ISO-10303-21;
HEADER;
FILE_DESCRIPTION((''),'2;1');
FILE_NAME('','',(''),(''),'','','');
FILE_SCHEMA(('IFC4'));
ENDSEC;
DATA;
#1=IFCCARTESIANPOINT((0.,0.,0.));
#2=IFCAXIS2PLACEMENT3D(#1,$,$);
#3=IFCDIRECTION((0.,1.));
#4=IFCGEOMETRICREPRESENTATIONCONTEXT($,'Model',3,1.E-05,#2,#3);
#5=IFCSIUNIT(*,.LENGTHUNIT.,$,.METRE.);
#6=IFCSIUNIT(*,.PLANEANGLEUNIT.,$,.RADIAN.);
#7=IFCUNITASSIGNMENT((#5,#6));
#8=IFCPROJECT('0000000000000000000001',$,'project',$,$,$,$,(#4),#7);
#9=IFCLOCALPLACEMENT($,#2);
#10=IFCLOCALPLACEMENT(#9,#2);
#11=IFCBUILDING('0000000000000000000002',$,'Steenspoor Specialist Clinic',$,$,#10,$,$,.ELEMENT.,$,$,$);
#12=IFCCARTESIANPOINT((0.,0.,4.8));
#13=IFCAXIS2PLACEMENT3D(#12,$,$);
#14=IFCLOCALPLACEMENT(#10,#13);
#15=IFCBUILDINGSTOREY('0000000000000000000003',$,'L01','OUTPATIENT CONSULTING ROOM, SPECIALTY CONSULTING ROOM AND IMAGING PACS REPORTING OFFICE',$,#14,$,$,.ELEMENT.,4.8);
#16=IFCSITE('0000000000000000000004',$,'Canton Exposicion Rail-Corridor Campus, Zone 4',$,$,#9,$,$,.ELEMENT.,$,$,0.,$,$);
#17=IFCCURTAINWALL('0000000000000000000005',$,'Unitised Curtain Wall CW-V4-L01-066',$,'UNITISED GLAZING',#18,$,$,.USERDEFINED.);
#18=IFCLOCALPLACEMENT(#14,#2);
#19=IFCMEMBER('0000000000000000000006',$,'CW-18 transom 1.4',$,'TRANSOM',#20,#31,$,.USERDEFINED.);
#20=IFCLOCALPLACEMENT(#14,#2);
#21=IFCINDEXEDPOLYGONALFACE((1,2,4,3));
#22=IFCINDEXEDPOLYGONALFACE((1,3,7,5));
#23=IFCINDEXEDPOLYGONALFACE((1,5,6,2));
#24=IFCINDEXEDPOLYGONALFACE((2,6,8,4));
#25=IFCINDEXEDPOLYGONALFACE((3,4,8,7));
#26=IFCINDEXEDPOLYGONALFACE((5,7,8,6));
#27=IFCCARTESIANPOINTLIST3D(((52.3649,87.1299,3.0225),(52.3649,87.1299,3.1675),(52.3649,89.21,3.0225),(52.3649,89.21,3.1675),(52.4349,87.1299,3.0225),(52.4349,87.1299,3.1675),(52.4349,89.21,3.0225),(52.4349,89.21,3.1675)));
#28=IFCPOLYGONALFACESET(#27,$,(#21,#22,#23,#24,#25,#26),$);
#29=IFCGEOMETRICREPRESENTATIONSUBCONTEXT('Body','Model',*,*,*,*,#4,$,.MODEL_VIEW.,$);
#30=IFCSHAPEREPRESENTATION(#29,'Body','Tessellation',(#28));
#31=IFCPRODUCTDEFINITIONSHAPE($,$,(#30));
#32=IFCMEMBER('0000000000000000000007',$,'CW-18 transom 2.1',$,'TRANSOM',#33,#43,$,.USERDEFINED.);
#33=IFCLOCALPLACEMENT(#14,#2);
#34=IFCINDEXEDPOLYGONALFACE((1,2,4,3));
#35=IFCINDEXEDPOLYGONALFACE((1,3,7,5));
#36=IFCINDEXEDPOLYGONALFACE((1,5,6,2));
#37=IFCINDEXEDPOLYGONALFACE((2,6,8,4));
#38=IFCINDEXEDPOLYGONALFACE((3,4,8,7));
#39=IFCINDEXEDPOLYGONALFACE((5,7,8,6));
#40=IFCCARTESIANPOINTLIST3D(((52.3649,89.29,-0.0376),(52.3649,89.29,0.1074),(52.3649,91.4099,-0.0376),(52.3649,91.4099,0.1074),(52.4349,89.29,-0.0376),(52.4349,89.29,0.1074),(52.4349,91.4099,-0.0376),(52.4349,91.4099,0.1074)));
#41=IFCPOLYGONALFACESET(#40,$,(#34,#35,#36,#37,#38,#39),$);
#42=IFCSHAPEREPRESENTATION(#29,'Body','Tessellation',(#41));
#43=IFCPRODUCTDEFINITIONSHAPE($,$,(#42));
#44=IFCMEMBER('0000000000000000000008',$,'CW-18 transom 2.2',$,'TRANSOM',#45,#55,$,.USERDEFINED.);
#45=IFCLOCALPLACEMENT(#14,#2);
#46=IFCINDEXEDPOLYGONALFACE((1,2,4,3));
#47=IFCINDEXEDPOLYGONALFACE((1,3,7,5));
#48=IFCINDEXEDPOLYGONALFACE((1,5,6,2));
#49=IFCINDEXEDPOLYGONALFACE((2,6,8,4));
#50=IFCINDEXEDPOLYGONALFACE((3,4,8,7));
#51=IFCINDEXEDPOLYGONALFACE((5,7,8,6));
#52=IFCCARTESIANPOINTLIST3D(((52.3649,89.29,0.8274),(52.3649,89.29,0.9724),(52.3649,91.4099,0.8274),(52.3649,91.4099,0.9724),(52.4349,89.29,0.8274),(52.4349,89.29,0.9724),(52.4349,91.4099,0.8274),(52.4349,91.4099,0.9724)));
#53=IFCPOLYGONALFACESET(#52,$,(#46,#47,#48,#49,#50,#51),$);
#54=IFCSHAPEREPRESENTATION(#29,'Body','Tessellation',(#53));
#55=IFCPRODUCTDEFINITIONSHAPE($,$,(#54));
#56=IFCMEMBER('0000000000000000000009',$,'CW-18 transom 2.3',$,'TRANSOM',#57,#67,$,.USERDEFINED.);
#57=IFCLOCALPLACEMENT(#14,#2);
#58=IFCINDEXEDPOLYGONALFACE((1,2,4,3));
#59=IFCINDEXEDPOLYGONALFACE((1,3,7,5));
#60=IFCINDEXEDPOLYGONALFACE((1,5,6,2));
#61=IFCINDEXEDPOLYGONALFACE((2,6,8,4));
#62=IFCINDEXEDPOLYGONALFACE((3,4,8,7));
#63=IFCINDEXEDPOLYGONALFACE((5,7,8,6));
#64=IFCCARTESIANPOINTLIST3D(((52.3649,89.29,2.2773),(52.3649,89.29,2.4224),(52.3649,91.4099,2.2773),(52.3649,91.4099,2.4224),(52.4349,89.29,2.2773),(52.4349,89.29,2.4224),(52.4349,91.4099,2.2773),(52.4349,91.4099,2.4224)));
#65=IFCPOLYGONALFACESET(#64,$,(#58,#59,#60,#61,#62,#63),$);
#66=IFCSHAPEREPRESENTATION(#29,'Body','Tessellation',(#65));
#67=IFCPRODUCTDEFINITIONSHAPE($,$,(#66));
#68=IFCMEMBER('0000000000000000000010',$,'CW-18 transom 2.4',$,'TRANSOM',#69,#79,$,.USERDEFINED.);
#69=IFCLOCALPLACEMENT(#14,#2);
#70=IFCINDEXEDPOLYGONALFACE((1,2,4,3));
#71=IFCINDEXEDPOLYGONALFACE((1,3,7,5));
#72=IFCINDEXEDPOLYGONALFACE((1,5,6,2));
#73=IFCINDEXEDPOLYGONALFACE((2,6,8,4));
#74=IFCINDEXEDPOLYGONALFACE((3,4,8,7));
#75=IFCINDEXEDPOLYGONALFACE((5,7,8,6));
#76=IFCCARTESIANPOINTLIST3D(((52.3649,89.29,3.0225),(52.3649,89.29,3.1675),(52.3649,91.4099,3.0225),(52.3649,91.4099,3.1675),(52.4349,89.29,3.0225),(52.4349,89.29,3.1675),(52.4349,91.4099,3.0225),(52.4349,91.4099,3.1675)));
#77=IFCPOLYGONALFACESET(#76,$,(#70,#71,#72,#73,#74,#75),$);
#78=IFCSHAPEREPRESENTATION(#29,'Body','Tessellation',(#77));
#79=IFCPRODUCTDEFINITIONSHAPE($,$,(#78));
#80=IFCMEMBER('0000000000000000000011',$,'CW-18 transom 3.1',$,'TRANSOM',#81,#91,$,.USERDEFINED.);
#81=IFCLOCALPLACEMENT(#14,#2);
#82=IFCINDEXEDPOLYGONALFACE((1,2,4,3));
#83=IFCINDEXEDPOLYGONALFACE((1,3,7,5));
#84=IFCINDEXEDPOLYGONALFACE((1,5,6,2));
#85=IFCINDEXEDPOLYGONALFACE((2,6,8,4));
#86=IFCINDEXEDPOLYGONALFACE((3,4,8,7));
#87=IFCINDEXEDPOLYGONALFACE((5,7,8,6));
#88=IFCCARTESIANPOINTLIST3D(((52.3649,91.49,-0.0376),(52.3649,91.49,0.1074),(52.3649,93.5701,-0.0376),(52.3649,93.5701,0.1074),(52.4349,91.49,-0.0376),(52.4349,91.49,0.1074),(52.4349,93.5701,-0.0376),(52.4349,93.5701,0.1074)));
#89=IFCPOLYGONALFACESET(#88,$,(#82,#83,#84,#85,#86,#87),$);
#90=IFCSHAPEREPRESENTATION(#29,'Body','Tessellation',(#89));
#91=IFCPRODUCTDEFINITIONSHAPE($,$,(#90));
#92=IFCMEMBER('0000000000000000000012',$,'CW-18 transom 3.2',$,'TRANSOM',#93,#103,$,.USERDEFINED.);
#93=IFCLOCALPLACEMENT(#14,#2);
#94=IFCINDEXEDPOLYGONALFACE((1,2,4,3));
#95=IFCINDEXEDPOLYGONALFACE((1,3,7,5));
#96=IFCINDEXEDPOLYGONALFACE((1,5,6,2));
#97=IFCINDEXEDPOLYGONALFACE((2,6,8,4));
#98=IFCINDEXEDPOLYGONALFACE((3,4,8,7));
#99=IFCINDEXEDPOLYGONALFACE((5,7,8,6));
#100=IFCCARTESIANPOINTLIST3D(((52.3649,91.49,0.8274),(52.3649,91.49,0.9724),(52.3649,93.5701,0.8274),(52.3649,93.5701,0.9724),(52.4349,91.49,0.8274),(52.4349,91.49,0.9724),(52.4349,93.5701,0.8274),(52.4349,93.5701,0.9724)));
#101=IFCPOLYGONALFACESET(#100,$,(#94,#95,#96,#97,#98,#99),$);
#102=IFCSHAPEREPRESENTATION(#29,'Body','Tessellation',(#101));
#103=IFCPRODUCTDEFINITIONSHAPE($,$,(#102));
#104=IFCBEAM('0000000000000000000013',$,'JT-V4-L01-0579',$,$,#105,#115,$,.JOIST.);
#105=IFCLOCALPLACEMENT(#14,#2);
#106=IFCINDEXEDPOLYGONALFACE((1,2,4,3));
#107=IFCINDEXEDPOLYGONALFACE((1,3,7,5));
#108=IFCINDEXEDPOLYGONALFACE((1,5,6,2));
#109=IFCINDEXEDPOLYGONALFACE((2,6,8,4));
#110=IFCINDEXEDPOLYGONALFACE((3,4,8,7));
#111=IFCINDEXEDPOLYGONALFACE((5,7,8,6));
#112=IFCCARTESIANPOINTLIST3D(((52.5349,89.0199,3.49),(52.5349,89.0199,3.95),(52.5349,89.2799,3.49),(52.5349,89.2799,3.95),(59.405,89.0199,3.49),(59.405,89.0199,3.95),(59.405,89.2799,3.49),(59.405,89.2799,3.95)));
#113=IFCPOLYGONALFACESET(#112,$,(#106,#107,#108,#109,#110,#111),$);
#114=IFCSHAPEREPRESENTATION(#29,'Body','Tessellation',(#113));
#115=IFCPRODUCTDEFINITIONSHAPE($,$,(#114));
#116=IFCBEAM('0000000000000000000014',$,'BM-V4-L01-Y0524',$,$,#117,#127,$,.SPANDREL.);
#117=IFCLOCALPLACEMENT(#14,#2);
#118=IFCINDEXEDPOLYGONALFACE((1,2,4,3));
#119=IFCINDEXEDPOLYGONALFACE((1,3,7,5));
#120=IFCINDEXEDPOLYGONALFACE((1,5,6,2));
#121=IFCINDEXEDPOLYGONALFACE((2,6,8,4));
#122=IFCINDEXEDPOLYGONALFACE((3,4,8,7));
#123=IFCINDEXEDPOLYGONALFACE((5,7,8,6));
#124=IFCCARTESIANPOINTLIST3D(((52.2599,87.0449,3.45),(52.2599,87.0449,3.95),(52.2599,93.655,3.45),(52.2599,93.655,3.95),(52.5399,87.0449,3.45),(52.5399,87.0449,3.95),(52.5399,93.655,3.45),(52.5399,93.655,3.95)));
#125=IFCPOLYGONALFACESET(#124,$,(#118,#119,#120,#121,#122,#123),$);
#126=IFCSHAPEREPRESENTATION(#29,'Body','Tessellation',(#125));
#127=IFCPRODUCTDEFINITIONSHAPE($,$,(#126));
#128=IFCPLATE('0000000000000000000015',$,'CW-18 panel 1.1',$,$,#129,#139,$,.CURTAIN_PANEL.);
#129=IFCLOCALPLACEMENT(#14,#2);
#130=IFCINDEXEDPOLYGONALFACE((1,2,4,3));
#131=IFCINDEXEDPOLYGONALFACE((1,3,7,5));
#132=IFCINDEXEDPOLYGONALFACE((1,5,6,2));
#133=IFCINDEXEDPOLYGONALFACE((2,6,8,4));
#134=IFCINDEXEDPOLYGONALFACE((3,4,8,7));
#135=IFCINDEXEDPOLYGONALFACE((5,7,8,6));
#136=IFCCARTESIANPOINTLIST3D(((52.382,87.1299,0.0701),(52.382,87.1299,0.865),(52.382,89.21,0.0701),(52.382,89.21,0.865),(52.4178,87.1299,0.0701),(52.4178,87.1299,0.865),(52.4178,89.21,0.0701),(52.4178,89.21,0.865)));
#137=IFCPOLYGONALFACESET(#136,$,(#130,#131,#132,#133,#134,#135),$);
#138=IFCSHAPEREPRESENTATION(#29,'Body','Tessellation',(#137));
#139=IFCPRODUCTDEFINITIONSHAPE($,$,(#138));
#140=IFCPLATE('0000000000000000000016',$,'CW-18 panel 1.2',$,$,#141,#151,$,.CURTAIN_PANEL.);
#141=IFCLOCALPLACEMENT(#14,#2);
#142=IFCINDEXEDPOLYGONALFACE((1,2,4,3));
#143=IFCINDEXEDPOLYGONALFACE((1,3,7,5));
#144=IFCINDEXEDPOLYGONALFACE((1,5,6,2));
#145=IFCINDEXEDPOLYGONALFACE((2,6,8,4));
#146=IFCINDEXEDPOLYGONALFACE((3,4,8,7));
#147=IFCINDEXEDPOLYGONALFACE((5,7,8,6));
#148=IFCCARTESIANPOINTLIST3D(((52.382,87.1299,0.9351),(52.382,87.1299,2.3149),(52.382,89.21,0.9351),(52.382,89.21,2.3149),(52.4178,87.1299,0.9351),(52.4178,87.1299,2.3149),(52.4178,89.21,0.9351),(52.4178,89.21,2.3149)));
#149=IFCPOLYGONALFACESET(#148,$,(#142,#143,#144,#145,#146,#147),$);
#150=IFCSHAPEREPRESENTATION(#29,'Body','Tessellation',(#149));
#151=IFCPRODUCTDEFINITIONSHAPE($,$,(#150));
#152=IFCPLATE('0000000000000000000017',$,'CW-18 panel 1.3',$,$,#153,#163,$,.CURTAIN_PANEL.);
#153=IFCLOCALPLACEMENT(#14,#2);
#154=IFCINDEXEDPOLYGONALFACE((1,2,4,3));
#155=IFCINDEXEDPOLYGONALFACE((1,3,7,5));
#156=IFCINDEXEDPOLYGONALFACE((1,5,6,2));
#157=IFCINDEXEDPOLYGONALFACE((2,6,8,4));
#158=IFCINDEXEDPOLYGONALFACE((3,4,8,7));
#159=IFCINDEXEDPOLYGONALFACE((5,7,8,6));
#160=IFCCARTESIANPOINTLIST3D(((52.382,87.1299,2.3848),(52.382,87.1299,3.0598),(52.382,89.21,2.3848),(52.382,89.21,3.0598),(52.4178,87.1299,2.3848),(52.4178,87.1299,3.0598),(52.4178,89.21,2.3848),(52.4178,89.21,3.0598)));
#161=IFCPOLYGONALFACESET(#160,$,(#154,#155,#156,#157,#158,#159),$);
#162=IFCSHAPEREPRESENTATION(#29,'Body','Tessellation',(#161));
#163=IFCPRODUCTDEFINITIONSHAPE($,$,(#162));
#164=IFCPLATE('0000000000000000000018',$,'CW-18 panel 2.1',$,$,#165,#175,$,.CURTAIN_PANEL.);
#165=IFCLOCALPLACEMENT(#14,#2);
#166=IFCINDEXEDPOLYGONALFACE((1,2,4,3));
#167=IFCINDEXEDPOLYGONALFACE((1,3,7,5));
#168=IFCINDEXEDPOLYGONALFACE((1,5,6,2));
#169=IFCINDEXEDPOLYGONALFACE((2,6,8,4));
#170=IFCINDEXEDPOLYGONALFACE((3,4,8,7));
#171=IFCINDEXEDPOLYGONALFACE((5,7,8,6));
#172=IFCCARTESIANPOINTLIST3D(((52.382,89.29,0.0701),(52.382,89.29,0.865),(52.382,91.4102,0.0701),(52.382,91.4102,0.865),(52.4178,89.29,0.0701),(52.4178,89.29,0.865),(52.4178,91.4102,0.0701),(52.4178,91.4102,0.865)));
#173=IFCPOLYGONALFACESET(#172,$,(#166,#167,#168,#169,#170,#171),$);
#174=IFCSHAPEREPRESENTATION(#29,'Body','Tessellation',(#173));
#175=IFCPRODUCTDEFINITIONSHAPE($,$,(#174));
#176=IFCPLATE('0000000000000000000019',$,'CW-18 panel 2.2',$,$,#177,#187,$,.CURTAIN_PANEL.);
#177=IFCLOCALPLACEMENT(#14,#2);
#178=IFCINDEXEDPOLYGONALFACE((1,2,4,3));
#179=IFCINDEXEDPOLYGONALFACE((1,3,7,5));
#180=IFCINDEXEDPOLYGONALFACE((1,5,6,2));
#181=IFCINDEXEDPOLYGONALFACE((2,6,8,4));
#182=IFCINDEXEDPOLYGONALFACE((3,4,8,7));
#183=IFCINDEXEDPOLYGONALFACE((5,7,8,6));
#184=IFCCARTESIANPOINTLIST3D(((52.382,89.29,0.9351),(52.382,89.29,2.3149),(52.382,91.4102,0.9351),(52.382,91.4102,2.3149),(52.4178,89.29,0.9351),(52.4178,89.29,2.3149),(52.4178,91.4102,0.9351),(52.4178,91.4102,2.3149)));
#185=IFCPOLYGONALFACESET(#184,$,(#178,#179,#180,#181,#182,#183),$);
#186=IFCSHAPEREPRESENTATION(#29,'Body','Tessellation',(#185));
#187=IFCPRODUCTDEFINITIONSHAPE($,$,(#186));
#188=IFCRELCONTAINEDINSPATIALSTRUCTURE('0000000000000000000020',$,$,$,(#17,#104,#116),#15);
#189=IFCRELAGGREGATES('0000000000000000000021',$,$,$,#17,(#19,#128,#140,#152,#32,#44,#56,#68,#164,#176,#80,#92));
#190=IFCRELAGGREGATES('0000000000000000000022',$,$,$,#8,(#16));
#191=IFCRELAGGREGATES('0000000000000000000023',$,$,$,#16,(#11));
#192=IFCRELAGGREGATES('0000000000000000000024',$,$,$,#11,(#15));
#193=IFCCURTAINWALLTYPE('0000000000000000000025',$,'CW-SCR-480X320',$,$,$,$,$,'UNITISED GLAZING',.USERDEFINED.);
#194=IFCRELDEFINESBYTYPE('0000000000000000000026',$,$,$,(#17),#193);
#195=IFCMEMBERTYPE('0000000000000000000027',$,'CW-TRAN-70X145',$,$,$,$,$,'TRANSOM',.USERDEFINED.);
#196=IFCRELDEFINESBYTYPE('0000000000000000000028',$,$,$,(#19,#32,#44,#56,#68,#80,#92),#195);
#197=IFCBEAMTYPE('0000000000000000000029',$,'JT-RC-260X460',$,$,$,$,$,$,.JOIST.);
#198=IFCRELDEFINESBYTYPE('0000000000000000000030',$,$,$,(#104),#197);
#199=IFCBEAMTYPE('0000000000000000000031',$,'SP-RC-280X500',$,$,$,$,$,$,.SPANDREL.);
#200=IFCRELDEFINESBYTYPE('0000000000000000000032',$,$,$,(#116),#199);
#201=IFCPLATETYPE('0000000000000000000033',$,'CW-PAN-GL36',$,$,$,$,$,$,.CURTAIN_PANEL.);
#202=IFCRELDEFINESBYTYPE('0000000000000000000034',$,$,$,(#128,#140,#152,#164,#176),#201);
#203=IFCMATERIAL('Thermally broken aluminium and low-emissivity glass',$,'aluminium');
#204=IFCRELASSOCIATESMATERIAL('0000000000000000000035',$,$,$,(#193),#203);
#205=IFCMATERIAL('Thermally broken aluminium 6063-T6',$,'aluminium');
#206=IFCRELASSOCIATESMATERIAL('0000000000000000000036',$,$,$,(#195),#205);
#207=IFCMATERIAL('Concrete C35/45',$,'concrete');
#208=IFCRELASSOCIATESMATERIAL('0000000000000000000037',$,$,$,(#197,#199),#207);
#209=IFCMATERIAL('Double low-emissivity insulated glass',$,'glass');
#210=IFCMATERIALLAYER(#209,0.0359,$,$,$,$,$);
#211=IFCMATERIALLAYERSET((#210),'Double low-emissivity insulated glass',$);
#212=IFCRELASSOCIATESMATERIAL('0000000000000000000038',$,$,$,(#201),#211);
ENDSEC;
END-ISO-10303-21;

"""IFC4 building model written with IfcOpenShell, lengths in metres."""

from ifc_helpers import new_model, si_unit, direction, frame, origin, origin_2d, place, context, subcontext, project, spatial, rectangle, extrude, material, layer, layer_set, material_profile, profile_set, type_object, element, aggregate, save


model = new_model("IFC4")

# Units and contexts
model_context = context("Model", 3, precision=1e-05, world=origin(), true_north=direction((0.0, 1.0)))
body_context = subcontext(model_context, "Body", "Model", "MODEL_VIEW")
ifc_project = project(units=[si_unit("LENGTHUNIT", "METRE"), si_unit("PLANEANGLEUNIT", "RADIAN")], contexts=[model_context])

# Site, building, storey
site_placement = place(None, origin())
site = spatial("IfcSite", under=ifc_project, at=site_placement, Name="Canton Exposicion Rail-Corridor Campus, Zone 4", CompositionType="ELEMENT", RefElevation=0.0)
building_placement = place(site_placement, origin())
building = spatial("IfcBuilding", under=site, at=building_placement, Name="Steenspoor Specialist Clinic", CompositionType="ELEMENT")
storey_placement = place(building_placement, frame((0.0, 0.0, 4.8)))
storey = spatial("IfcBuildingStorey", under=building, at=storey_placement, Name="L01", Description="OUTPATIENT CONSULTING ROOM, SPECIALTY CONSULTING ROOM AND IMAGING PACS REPORTING OFFICE", CompositionType="ELEMENT", Elevation=4.8)

# Shared definitions
ifc_material_1 = material(Name="Concrete C35/45", Category="concrete")

# Curtain wall
ifc_material_2 = material(Name="Thermally broken aluminium and low-emissivity glass", Category="aluminium")
curtain_wall_type_1 = type_object("IfcCurtainWallType", Name="CW-SCR-480X320", ElementType="UNITISED GLAZING", PredefinedType="USERDEFINED", material=ifc_material_2)
curtain_wall_1_placement = place(storey_placement, origin())
curtain_wall_1 = element("IfcCurtainWall", 1, at=curtain_wall_1_placement, inside=storey, type_object=curtain_wall_type_1, Name="Unitised Curtain Wall CW-V4-L01-066", ObjectType="UNITISED GLAZING", PredefinedType="USERDEFINED")
ifc_material_3 = material(Name="Thermally broken aluminium 6063-T6", Category="aluminium")

# Members
ifc_material_profile_1 = material_profile(ifc_material_3, rectangle(XDim=0.0701, YDim=0.145, at=origin_2d()), Name="CWT-70X145")
ifc_profile_set_1 = profile_set([ifc_material_profile_1], Name="Thermally broken aluminium 6063-T6")
member_type_1 = type_object("IfcMemberType", Name="CW-TRAN-70X145", ElementType="TRANSOM", PredefinedType="USERDEFINED", material=ifc_profile_set_1)
member_1_placement = place(storey_placement, frame((52.3999, 87.1299, 3.095), z_axis=(0.0, 1.0, 0.0), x_axis=(-1.0, 0.0, 0.0)))
member_1 = element("IfcMember", 2, at=member_1_placement, type_object=member_type_1, Name="CW-18 transom 1.4", ObjectType="TRANSOM", PredefinedType="USERDEFINED", context=body_context, shape_type="SweptSolid", body=[
    extrude(rectangle(XDim=0.0701, YDim=0.145, at=origin_2d()), origin(), (0.0, 0.0, 1.0), 2.0801),
])
member_2_placement = place(storey_placement, frame((52.3999, 89.29, 0.0349), z_axis=(0.0, 1.0, 0.0), x_axis=(-1.0, 0.0, 0.0)))
member_2 = element("IfcMember", 3, at=member_2_placement, type_object=member_type_1, Name="CW-18 transom 2.1", ObjectType="TRANSOM", PredefinedType="USERDEFINED", context=body_context, shape_type="SweptSolid", body=[
    extrude(rectangle(XDim=0.0701, YDim=0.145, at=origin_2d()), origin(), (0.0, 0.0, 1.0), 2.1199),
])
member_3_placement = place(storey_placement, frame((52.3999, 89.29, 0.8999), z_axis=(0.0, 1.0, 0.0), x_axis=(-1.0, 0.0, 0.0)))
member_3 = element("IfcMember", 4, at=member_3_placement, type_object=member_type_1, Name="CW-18 transom 2.2", ObjectType="TRANSOM", PredefinedType="USERDEFINED", context=body_context, shape_type="SweptSolid", body=[
    extrude(rectangle(XDim=0.0701, YDim=0.145, at=origin_2d()), origin(), (0.0, 0.0, 1.0), 2.1199),
])
member_4_placement = place(storey_placement, frame((52.3999, 89.29, 2.3499), z_axis=(0.0, 1.0, 0.0), x_axis=(-1.0, 0.0, 0.0)))
member_4 = element("IfcMember", 5, at=member_4_placement, type_object=member_type_1, Name="CW-18 transom 2.3", ObjectType="TRANSOM", PredefinedType="USERDEFINED", context=body_context, shape_type="SweptSolid", body=[
    extrude(rectangle(XDim=0.0701, YDim=0.145, at=origin_2d()), origin(), (0.0, 0.0, 1.0), 2.1199),
])
member_5_placement = place(storey_placement, frame((52.3999, 89.29, 3.095), z_axis=(0.0, 1.0, 0.0), x_axis=(-1.0, 0.0, 0.0)))
member_5 = element("IfcMember", 6, at=member_5_placement, type_object=member_type_1, Name="CW-18 transom 2.4", ObjectType="TRANSOM", PredefinedType="USERDEFINED", context=body_context, shape_type="SweptSolid", body=[
    extrude(rectangle(XDim=0.0701, YDim=0.145, at=origin_2d()), origin(), (0.0, 0.0, 1.0), 2.1199),
])
member_6_placement = place(storey_placement, frame((52.3999, 91.49, 0.0349), z_axis=(0.0, 1.0, 0.0), x_axis=(-1.0, 0.0, 0.0)))
member_6 = element("IfcMember", 7, at=member_6_placement, type_object=member_type_1, Name="CW-18 transom 3.1", ObjectType="TRANSOM", PredefinedType="USERDEFINED", context=body_context, shape_type="SweptSolid", body=[
    extrude(rectangle(XDim=0.0701, YDim=0.145, at=origin_2d()), origin(), (0.0, 0.0, 1.0), 2.0801),
])
member_7_placement = place(storey_placement, frame((52.3999, 91.49, 0.8999), z_axis=(0.0, 1.0, 0.0), x_axis=(-1.0, 0.0, 0.0)))
member_7 = element("IfcMember", 8, at=member_7_placement, type_object=member_type_1, Name="CW-18 transom 3.2", ObjectType="TRANSOM", PredefinedType="USERDEFINED", context=body_context, shape_type="SweptSolid", body=[
    extrude(rectangle(XDim=0.0701, YDim=0.145, at=origin_2d()), origin(), (0.0, 0.0, 1.0), 2.0801),
])

# Beams
ifc_material_profile_2 = material_profile(ifc_material_1, rectangle(XDim=0.26, YDim=0.46, at=origin_2d()), Name="RC-JT-260X460")
ifc_profile_set_2 = profile_set([ifc_material_profile_2], Name="Concrete C35/45")
beam_type_1 = type_object("IfcBeamType", Name="JT-RC-260X460", PredefinedType="JOIST", material=ifc_profile_set_2)
beam_1_placement = place(storey_placement, frame((52.5349, 89.1499, 3.72), z_axis=(1.0, 0.0, 0.0), x_axis=(0.0, 1.0, 0.0)))
element("IfcBeam", 9, at=beam_1_placement, inside=storey, type_object=beam_type_1, Name="JT-V4-L01-0579", PredefinedType="JOIST", context=body_context, shape_type="SweptSolid", body=[
    extrude(rectangle(XDim=0.26, YDim=0.46, at=origin_2d()), origin(), (0.0, 0.0, 1.0), 6.8701),
])
ifc_material_profile_3 = material_profile(ifc_material_1, rectangle(XDim=0.28, YDim=0.5, at=origin_2d()), Name="RC-SP-280X500")
ifc_profile_set_3 = profile_set([ifc_material_profile_3], Name="Concrete C35/45")
beam_type_2 = type_object("IfcBeamType", Name="SP-RC-280X500", PredefinedType="SPANDREL", material=ifc_profile_set_3)
beam_2_placement = place(storey_placement, frame((52.3999, 87.0449, 3.7), z_axis=(0.0, 1.0, 0.0), x_axis=(-1.0, 0.0, 0.0)))
element("IfcBeam", 10, at=beam_2_placement, inside=storey, type_object=beam_type_2, Name="BM-V4-L01-Y0524", PredefinedType="SPANDREL", context=body_context, shape_type="SweptSolid", body=[
    extrude(rectangle(XDim=0.28, YDim=0.5, at=origin_2d()), origin(), (0.0, 0.0, 1.0), 6.6101),
])

# Plates
ifc_material_4 = material(Name="Double low-emissivity insulated glass", Category="glass")
ifc_layer_1 = layer(ifc_material_4, 0.0359)
ifc_layer_set_1 = layer_set([ifc_layer_1], Name="Double low-emissivity insulated glass")
plate_type = type_object("IfcPlateType", Name="CW-PAN-GL36", PredefinedType="CURTAIN_PANEL", material=ifc_layer_set_1)
plate_1_placement = place(storey_placement, frame((52.3999, 88.1699, 0.0701), z_axis=(0.0, 0.0, 1.0), x_axis=(0.0, 1.0, 0.0)))
plate_1 = element("IfcPlate", 11, at=plate_1_placement, type_object=plate_type, Name="CW-18 panel 1.1", PredefinedType="CURTAIN_PANEL", context=body_context, shape_type="SweptSolid", body=[
    extrude(rectangle(XDim=2.0801, YDim=0.0359, at=origin_2d()), origin(), (0.0, 0.0, 1.0), 0.7949),
])
plate_2_placement = place(storey_placement, frame((52.3999, 88.1699, 0.9351), z_axis=(0.0, 0.0, 1.0), x_axis=(0.0, 1.0, 0.0)))
plate_2 = element("IfcPlate", 12, at=plate_2_placement, type_object=plate_type, Name="CW-18 panel 1.2", PredefinedType="CURTAIN_PANEL", context=body_context, shape_type="SweptSolid", body=[
    extrude(rectangle(XDim=2.0801, YDim=0.0359, at=origin_2d()), origin(), (0.0, 0.0, 1.0), 1.3799),
])
plate_3_placement = place(storey_placement, frame((52.3999, 88.1699, 2.3848), z_axis=(0.0, 0.0, 1.0), x_axis=(0.0, 1.0, 0.0)))
plate_3 = element("IfcPlate", 13, at=plate_3_placement, type_object=plate_type, Name="CW-18 panel 1.3", PredefinedType="CURTAIN_PANEL", context=body_context, shape_type="SweptSolid", body=[
    extrude(rectangle(XDim=2.0801, YDim=0.0359, at=origin_2d()), origin(), (0.0, 0.0, 1.0), 0.675),
])
plate_4_placement = place(storey_placement, frame((52.3999, 90.3501, 0.0701), z_axis=(0.0, 0.0, 1.0), x_axis=(0.0, 1.0, 0.0)))
plate_4 = element("IfcPlate", 14, at=plate_4_placement, type_object=plate_type, Name="CW-18 panel 2.1", PredefinedType="CURTAIN_PANEL", context=body_context, shape_type="SweptSolid", body=[
    extrude(rectangle(XDim=2.1201, YDim=0.0359, at=origin_2d()), origin(), (0.0, 0.0, 1.0), 0.7949),
])
plate_5_placement = place(storey_placement, frame((52.3999, 90.3501, 0.9351), z_axis=(0.0, 0.0, 1.0), x_axis=(0.0, 1.0, 0.0)))
plate_5 = element("IfcPlate", 15, at=plate_5_placement, type_object=plate_type, Name="CW-18 panel 2.2", PredefinedType="CURTAIN_PANEL", context=body_context, shape_type="SweptSolid", body=[
    extrude(rectangle(XDim=2.1201, YDim=0.0359, at=origin_2d()), origin(), (0.0, 0.0, 1.0), 1.3799),
])
aggregate(curtain_wall_1, [member_1, plate_1, plate_2, plate_3, member_2, member_3, member_4, member_5, plate_4, plate_5, member_6, member_7])

save(model, "model.ifc")
